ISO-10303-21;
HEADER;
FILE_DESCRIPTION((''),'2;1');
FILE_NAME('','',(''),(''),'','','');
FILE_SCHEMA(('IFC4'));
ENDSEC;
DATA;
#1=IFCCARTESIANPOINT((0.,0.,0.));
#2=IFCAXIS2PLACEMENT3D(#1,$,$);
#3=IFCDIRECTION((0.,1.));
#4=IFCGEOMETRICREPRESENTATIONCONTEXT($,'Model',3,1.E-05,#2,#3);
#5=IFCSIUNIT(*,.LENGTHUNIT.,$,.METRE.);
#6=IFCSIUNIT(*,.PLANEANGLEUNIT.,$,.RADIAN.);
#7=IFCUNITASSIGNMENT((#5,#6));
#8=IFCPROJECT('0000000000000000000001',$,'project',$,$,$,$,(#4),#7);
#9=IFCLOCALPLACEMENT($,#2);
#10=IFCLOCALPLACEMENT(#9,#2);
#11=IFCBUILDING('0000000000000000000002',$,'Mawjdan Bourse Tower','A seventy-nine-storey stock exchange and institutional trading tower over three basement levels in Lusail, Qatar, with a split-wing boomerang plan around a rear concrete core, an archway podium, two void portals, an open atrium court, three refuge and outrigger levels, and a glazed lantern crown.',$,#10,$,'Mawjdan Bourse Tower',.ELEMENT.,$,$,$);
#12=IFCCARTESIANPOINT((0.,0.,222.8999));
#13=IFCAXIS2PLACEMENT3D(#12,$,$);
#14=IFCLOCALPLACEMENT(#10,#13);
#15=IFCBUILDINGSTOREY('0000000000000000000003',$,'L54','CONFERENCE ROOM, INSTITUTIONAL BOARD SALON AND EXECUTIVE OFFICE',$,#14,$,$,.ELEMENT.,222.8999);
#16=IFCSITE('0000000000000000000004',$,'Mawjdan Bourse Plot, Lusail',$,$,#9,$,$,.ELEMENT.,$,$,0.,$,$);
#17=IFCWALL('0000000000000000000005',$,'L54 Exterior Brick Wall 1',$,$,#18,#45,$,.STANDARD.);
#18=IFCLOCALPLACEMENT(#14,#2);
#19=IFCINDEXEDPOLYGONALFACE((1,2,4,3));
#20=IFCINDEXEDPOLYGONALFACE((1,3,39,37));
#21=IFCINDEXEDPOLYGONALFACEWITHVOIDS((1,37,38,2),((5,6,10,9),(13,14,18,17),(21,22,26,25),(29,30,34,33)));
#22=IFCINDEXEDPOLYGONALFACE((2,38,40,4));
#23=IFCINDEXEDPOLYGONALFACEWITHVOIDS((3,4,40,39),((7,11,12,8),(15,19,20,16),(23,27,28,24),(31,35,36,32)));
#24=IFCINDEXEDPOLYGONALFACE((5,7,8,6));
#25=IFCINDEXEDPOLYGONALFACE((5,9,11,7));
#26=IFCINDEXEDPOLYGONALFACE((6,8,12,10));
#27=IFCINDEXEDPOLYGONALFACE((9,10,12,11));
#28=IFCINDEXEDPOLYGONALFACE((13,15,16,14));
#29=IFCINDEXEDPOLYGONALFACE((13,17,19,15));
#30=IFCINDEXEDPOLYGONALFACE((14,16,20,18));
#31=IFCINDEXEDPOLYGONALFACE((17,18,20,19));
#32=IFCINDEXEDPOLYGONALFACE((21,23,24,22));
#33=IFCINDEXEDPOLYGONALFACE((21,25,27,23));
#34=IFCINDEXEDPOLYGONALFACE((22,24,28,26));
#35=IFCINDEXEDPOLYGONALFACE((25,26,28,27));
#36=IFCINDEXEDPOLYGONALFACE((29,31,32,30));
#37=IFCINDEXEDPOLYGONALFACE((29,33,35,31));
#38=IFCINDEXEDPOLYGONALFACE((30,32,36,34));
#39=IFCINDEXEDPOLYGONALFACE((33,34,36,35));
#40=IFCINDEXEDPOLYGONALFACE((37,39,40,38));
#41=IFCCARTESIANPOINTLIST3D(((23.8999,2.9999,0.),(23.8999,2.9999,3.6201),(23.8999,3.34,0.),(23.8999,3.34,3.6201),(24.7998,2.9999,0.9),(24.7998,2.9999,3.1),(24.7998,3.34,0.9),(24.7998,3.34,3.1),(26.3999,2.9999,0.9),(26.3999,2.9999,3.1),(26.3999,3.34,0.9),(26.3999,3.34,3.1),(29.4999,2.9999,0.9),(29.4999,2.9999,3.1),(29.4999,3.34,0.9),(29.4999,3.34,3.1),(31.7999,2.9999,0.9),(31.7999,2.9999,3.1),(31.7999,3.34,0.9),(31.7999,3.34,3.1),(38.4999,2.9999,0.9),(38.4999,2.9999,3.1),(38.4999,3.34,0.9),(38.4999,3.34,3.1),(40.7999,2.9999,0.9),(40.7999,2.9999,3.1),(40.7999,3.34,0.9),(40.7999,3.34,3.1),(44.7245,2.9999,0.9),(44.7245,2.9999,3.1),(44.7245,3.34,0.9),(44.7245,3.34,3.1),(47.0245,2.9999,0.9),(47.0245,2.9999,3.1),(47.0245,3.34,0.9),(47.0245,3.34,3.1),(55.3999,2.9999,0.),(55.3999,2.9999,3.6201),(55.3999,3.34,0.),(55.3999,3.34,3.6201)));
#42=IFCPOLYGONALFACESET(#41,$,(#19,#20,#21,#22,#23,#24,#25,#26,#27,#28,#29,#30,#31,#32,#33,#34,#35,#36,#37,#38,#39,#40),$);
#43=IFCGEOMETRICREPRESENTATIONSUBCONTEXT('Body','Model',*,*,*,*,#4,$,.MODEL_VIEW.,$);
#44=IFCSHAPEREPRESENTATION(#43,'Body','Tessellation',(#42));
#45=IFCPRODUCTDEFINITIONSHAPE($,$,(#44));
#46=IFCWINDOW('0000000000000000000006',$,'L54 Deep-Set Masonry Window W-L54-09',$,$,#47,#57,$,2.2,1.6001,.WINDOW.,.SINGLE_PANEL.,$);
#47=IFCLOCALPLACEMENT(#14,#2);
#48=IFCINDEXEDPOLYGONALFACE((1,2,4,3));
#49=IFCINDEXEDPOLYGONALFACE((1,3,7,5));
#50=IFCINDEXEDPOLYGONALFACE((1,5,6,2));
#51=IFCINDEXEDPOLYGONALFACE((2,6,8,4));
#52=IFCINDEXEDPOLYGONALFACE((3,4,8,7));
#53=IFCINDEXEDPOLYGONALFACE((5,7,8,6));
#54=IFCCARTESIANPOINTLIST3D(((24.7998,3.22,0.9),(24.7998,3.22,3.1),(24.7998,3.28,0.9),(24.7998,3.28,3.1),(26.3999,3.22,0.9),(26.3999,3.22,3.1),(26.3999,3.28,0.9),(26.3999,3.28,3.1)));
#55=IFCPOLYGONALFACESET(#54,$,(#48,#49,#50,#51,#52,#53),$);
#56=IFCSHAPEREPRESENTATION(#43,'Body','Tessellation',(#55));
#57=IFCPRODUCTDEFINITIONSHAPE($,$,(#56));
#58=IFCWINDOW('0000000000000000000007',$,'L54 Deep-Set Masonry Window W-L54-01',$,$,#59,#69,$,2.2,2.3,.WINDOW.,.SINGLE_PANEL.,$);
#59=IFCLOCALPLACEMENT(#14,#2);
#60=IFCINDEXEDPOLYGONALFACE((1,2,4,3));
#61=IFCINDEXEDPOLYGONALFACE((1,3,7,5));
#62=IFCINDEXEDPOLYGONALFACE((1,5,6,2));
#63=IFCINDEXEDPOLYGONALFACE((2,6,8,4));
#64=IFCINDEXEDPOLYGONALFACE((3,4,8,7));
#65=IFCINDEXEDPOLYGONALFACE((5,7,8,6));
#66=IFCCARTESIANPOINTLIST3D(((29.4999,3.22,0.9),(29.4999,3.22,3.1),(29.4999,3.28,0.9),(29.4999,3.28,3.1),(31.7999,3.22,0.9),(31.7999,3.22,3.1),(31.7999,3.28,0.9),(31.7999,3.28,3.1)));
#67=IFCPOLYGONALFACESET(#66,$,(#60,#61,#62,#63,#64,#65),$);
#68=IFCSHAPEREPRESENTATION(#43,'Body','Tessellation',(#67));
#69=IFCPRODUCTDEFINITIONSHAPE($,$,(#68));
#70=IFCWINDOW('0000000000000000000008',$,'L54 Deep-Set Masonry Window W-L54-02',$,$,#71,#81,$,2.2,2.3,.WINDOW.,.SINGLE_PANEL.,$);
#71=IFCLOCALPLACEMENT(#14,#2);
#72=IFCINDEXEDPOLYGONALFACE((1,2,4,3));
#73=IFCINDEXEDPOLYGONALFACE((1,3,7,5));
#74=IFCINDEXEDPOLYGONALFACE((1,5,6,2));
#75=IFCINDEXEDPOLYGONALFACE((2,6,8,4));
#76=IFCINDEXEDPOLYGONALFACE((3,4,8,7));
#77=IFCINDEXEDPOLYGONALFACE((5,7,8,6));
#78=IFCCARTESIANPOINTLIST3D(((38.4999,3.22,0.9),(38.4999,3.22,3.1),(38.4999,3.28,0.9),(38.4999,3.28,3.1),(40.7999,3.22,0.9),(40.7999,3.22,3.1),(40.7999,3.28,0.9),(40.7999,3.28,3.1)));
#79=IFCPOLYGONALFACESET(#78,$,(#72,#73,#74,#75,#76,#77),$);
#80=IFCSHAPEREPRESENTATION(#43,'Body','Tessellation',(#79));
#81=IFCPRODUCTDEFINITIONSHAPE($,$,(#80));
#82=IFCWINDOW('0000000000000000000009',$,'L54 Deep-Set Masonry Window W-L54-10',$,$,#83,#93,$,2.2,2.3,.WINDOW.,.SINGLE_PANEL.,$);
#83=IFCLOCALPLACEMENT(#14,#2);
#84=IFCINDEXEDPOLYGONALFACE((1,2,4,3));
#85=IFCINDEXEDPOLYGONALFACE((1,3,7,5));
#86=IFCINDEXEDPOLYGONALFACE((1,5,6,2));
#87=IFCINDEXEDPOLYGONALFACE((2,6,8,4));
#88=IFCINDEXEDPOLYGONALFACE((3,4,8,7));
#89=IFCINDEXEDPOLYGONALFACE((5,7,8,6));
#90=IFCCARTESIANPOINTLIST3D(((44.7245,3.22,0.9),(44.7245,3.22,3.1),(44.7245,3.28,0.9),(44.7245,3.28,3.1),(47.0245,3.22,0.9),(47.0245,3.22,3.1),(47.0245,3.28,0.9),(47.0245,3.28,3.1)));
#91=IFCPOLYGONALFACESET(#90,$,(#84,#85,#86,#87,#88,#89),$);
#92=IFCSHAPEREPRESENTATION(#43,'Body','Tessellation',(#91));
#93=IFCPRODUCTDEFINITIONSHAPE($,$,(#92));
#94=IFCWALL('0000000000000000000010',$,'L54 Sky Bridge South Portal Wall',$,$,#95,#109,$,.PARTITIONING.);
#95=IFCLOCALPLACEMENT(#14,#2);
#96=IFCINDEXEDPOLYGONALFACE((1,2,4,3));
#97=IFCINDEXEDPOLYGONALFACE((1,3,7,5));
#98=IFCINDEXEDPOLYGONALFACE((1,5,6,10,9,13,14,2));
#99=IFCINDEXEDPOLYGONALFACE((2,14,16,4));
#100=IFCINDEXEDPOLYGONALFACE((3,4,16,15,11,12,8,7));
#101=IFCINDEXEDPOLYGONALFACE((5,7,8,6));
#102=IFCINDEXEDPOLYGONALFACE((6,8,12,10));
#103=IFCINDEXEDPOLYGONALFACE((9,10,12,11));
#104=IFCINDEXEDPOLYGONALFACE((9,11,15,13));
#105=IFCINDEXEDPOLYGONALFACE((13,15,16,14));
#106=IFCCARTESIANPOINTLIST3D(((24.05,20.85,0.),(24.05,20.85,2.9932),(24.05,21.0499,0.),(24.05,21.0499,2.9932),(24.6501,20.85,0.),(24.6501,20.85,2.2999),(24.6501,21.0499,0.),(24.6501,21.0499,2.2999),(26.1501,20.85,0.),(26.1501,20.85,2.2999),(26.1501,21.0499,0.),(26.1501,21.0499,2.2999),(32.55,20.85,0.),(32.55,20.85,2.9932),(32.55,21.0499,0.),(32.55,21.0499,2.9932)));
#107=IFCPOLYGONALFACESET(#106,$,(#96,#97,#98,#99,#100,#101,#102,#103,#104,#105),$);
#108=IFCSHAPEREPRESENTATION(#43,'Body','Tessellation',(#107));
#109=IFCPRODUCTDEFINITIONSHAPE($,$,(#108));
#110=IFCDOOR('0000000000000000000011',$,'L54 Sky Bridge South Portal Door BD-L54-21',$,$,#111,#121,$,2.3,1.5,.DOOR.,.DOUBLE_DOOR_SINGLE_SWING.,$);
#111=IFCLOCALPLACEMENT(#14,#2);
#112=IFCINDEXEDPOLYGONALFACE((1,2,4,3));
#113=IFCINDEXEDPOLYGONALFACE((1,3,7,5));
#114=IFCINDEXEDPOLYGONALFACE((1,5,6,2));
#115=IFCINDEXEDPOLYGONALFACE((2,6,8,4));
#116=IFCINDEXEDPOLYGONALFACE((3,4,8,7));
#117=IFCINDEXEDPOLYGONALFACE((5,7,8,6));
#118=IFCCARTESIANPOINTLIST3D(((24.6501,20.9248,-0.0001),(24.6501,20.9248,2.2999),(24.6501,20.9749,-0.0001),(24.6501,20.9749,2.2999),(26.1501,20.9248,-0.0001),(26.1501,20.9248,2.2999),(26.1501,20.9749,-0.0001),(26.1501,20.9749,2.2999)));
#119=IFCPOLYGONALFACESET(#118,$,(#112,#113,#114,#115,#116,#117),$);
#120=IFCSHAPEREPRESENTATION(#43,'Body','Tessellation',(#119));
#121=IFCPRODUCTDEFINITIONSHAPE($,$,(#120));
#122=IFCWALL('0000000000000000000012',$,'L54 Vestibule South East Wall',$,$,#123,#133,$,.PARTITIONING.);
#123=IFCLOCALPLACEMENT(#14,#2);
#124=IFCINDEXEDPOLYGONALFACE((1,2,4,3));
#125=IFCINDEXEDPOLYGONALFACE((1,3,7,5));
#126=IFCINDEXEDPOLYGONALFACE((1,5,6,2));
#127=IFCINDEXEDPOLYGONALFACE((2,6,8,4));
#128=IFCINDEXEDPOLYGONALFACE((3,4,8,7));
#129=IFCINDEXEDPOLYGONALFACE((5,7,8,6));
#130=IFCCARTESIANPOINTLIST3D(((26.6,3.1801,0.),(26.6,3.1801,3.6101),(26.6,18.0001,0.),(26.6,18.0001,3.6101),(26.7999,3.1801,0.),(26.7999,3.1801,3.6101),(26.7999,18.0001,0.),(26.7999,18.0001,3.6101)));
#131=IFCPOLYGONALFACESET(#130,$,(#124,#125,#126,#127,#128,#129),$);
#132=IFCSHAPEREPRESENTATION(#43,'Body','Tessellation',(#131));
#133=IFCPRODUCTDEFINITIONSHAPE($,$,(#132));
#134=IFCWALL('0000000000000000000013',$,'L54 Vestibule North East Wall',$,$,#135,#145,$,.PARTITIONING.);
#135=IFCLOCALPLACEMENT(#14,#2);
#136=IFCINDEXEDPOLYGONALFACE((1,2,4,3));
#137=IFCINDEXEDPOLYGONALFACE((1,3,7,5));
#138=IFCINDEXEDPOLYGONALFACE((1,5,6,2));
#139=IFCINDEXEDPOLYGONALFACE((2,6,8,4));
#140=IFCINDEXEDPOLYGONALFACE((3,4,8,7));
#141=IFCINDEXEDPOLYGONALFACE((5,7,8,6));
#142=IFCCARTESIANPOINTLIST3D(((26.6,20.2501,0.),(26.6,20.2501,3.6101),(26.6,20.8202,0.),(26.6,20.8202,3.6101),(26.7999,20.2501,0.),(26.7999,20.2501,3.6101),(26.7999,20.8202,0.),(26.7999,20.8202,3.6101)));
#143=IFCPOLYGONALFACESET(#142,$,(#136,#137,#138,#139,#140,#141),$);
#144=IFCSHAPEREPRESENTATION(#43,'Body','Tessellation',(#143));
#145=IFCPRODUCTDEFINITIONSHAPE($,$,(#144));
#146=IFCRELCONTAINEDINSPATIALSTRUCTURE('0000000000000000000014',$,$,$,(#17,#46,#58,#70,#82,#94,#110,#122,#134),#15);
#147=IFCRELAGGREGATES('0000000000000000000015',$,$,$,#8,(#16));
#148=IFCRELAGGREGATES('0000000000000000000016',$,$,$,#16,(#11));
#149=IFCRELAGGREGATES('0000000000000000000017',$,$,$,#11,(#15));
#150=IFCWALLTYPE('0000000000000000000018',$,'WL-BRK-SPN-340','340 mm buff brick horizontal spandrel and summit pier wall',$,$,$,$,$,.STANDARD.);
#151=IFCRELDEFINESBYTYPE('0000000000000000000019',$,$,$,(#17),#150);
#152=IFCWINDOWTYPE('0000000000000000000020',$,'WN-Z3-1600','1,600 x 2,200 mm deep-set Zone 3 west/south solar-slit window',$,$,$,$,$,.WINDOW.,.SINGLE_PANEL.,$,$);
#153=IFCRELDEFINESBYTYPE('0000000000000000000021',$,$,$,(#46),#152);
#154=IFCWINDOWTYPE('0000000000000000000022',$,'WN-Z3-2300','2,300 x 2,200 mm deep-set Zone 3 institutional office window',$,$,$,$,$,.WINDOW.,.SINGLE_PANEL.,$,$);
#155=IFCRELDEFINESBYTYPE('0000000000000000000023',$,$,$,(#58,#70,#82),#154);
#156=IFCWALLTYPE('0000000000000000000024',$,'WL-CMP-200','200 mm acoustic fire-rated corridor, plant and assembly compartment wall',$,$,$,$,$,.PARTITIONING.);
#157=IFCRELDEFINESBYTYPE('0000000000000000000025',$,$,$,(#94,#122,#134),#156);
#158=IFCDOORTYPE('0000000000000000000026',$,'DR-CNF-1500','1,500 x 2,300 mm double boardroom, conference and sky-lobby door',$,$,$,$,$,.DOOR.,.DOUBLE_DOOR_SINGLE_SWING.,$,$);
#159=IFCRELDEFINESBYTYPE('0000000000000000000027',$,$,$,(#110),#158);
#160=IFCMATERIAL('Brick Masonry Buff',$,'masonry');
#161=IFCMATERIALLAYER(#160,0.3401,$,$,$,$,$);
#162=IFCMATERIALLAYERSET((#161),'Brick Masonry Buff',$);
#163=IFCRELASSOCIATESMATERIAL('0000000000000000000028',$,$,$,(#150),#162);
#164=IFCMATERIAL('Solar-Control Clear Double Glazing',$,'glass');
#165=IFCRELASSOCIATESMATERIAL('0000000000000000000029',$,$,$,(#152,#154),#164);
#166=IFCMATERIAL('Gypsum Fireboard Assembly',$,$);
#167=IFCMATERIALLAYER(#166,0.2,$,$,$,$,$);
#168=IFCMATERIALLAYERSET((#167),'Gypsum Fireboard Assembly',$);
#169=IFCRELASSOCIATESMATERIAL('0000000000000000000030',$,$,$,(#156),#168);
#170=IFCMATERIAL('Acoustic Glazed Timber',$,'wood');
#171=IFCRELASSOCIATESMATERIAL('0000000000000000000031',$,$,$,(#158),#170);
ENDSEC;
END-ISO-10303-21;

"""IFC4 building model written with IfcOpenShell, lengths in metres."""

from ifc_helpers import new_model, si_unit, direction, frame, frame_2d, origin, place, context, subcontext, project, spatial, rectangle, extrude, material, layer, layer_set, type_object, element, fill, save


model = new_model("IFC4")

# Units and contexts
model_context = context("Model", 3, precision=1e-05, world=origin(), true_north=direction((0.0, 1.0)))
body_context = subcontext(model_context, "Body", "Model", "MODEL_VIEW")
ifc_project = project(units=[si_unit("LENGTHUNIT", "METRE"), si_unit("PLANEANGLEUNIT", "RADIAN")], contexts=[model_context])

# Site, building, storey
site_placement = place(None, origin())
site = spatial("IfcSite", under=ifc_project, at=site_placement, Name="Mawjdan Bourse Plot, Lusail", CompositionType="ELEMENT", RefElevation=0.0)
building_placement = place(site_placement, origin())
building = spatial("IfcBuilding", under=site, at=building_placement, Name="Mawjdan Bourse Tower", Description="A seventy-nine-storey stock exchange and institutional trading tower over three basement levels in Lusail, Qatar, with a split-wing boomerang plan around a rear concrete core, an archway podium, two void portals, an open atrium court, three refuge and outrigger levels, and a glazed lantern crown.", LongName="Mawjdan Bourse Tower", CompositionType="ELEMENT")
storey_placement = place(building_placement, frame((0.0, 0.0, 222.8999)))
storey = spatial("IfcBuildingStorey", under=building, at=storey_placement, Name="L54", Description="CONFERENCE ROOM, INSTITUTIONAL BOARD SALON AND EXECUTIVE OFFICE", CompositionType="ELEMENT", Elevation=222.8999)

# Wall, openings, windows
ifc_material_1 = material(Name="Brick Masonry Buff", Category="masonry")
ifc_layer_1 = layer(ifc_material_1, 0.3401)
ifc_layer_set_1 = layer_set([ifc_layer_1], Name="Brick Masonry Buff")
wall_type_1 = type_object("IfcWallType", Name="WL-BRK-SPN-340", Description="340 mm buff brick horizontal spandrel and summit pier wall", PredefinedType="STANDARD", material=ifc_layer_set_1)
wall_1_placement = place(storey_placement, frame((23.8999, 3.1699, 0.0), z_axis=(0.0, 0.0, 1.0), x_axis=(1.0, 0.0, 0.0)))
wall_1 = element("IfcWall", 1, at=wall_1_placement, inside=storey, type_object=wall_type_1, Name="L54 Exterior Brick Wall 1", PredefinedType="STANDARD", context=body_context, shape_type="SweptSolid", body=[
    extrude(rectangle(XDim=31.5, YDim=0.3401, at=frame_2d((15.75, 0.0))), origin(), (0.0, 0.0, 1.0), 3.6201),
])
opening_1_placement = place(wall_1_placement, frame((5.6001, 0.0, 0.8999)))
opening_1 = element("IfcOpeningElement", 2, at=opening_1_placement, cuts=wall_1, PredefinedType="OPENING", context=body_context, shape_type="SweptSolid", body=[
    extrude(rectangle(XDim=2.3, YDim=2.2, at=frame_2d((1.1499, 1.1001))), frame((0.0, 0.1802, 0.0), z_axis=(0.0, -1.0, 0.0), x_axis=(1.0, 0.0, 0.0)), (0.0, 0.0, 1.0), 0.3601),
])
opening_2_placement = place(wall_1_placement, frame((14.6001, 0.0, 0.8999)))
opening_2 = element("IfcOpeningElement", 3, at=opening_2_placement, cuts=wall_1, PredefinedType="OPENING", context=body_context, shape_type="SweptSolid", body=[
    extrude(rectangle(XDim=2.3, YDim=2.2, at=frame_2d((1.1499, 1.1001))), frame((0.0, 0.1802, 0.0), z_axis=(0.0, -1.0, 0.0), x_axis=(1.0, 0.0, 0.0)), (0.0, 0.0, 1.0), 0.3601),
])
opening_3_placement = place(wall_1_placement, frame((0.8999, 0.0, 0.8999)))
opening_3 = element("IfcOpeningElement", 4, at=opening_3_placement, cuts=wall_1, PredefinedType="OPENING", context=body_context, shape_type="SweptSolid", body=[
    extrude(rectangle(XDim=1.6001, YDim=2.2, at=frame_2d((0.8, 1.1001))), frame((0.0, 0.1802, 0.0), z_axis=(0.0, -1.0, 0.0), x_axis=(1.0, 0.0, 0.0)), (0.0, 0.0, 1.0), 0.3601),
])
opening_4_placement = place(wall_1_placement, frame((20.8247, 0.0, 0.8999)))
opening_4 = element("IfcOpeningElement", 5, at=opening_4_placement, cuts=wall_1, PredefinedType="OPENING", context=body_context, shape_type="SweptSolid", body=[
    extrude(rectangle(XDim=2.3, YDim=2.2, at=frame_2d((1.1499, 1.1001))), frame((0.0, 0.1802, 0.0), z_axis=(0.0, -1.0, 0.0), x_axis=(1.0, 0.0, 0.0)), (0.0, 0.0, 1.0), 0.3601),
])
ifc_material_2 = material(Name="Solar-Control Clear Double Glazing", Category="glass")
window_type_1 = type_object("IfcWindowType", Name="WN-Z3-1600", Description="1,600 x 2,200 mm deep-set Zone 3 west/south solar-slit window", PartitioningType="SINGLE_PANEL", PredefinedType="WINDOW", material=ifc_material_2)
window_1_placement = place(opening_3_placement, origin())
window_1 = element("IfcWindow", 6, at=window_1_placement, inside=storey, type_object=window_type_1, Name="L54 Deep-Set Masonry Window W-L54-09", OverallHeight=2.2, OverallWidth=1.6001, PartitioningType="SINGLE_PANEL", PredefinedType="WINDOW", context=body_context, shape_type="SweptSolid", body=[
    extrude(rectangle(XDim=1.6001, YDim=2.2, at=frame_2d((0.8, 1.1001))), frame((0.0, 0.1101, 0.0), z_axis=(0.0, -1.0, 0.0), x_axis=(1.0, 0.0, 0.0)), (0.0, 0.0, 1.0), 0.0601),
])
fill(opening_3, window_1)
window_type_2 = type_object("IfcWindowType", Name="WN-Z3-2300", Description="2,300 x 2,200 mm deep-set Zone 3 institutional office window", PartitioningType="SINGLE_PANEL", PredefinedType="WINDOW", material=ifc_material_2)
window_2_placement = place(opening_1_placement, origin())
window_2 = element("IfcWindow", 7, at=window_2_placement, inside=storey, type_object=window_type_2, Name="L54 Deep-Set Masonry Window W-L54-01", OverallHeight=2.2, OverallWidth=2.3, PartitioningType="SINGLE_PANEL", PredefinedType="WINDOW", context=body_context, shape_type="SweptSolid", body=[
    extrude(rectangle(XDim=2.3, YDim=2.2, at=frame_2d((1.1499, 1.1001))), frame((0.0, 0.1101, 0.0), z_axis=(0.0, -1.0, 0.0), x_axis=(1.0, 0.0, 0.0)), (0.0, 0.0, 1.0), 0.0601),
])
fill(opening_1, window_2)
window_3_placement = place(opening_2_placement, origin())
window_3 = element("IfcWindow", 8, at=window_3_placement, inside=storey, type_object=window_type_2, Name="L54 Deep-Set Masonry Window W-L54-02", OverallHeight=2.2, OverallWidth=2.3, PartitioningType="SINGLE_PANEL", PredefinedType="WINDOW", context=body_context, shape_type="SweptSolid", body=[
    extrude(rectangle(XDim=2.3, YDim=2.2, at=frame_2d((1.1499, 1.1001))), frame((0.0, 0.1101, 0.0), z_axis=(0.0, -1.0, 0.0), x_axis=(1.0, 0.0, 0.0)), (0.0, 0.0, 1.0), 0.0601),
])
fill(opening_2, window_3)
window_4_placement = place(opening_4_placement, origin())
window_4 = element("IfcWindow", 9, at=window_4_placement, inside=storey, type_object=window_type_2, Name="L54 Deep-Set Masonry Window W-L54-10", OverallHeight=2.2, OverallWidth=2.3, PartitioningType="SINGLE_PANEL", PredefinedType="WINDOW", context=body_context, shape_type="SweptSolid", body=[
    extrude(rectangle(XDim=2.3, YDim=2.2, at=frame_2d((1.1499, 1.1001))), frame((0.0, 0.1101, 0.0), z_axis=(0.0, -1.0, 0.0), x_axis=(1.0, 0.0, 0.0)), (0.0, 0.0, 1.0), 0.0601),
])
fill(opening_4, window_4)

# Wall, opening, door
ifc_material_3 = material(Name="Gypsum Fireboard Assembly")
ifc_layer_2 = layer(ifc_material_3, 0.2)
ifc_layer_set_2 = layer_set([ifc_layer_2], Name="Gypsum Fireboard Assembly")
wall_type_2 = type_object("IfcWallType", Name="WL-CMP-200", Description="200 mm acoustic fire-rated corridor, plant and assembly compartment wall", PredefinedType="PARTITIONING", material=ifc_layer_set_2)
wall_2_placement = place(storey_placement, frame((24.05, 20.95, 0.0), z_axis=(0.0, 0.0, 1.0), x_axis=(1.0, 0.0, 0.0)))
wall_2 = element("IfcWall", 10, at=wall_2_placement, inside=storey, type_object=wall_type_2, Name="L54 Sky Bridge South Portal Wall", PredefinedType="PARTITIONING", context=body_context, shape_type="SweptSolid", body=[
    extrude(rectangle(XDim=8.5, YDim=0.2, at=frame_2d((4.25, 0.0))), origin(), (0.0, 0.0, 1.0), 2.9932),
])
opening_5_placement = place(wall_2_placement, frame((0.6001, 0.0, 0.0)))
opening_5 = element("IfcOpeningElement", 11, at=opening_5_placement, cuts=wall_2, PredefinedType="OPENING", context=body_context, shape_type="SweptSolid", body=[
    extrude(rectangle(XDim=1.5, YDim=2.3, at=frame_2d((0.75, 1.1499))), frame((0.0, 0.1099, 0.0), z_axis=(0.0, -1.0, 0.0), x_axis=(1.0, 0.0, 0.0)), (0.0, 0.0, 1.0), 0.22),
])
ifc_material_4 = material(Name="Acoustic Glazed Timber", Category="wood")
door_type_1 = type_object("IfcDoorType", Name="DR-CNF-1500", Description="1,500 x 2,300 mm double boardroom, conference and sky-lobby door", OperationType="DOUBLE_DOOR_SINGLE_SWING", PredefinedType="DOOR", material=ifc_material_4)
door_1_placement = place(opening_5_placement, origin())
door_1 = element("IfcDoor", 12, at=door_1_placement, inside=storey, type_object=door_type_1, Name="L54 Sky Bridge South Portal Door BD-L54-21", OperationType="DOUBLE_DOOR_SINGLE_SWING", OverallHeight=2.3, OverallWidth=1.5, PredefinedType="DOOR", context=body_context, shape_type="SweptSolid", body=[
    extrude(rectangle(XDim=1.5, YDim=2.3, at=frame_2d((0.75, 1.1499))), frame((0.0, 0.0249, 0.0), z_axis=(0.0, -1.0, 0.0), x_axis=(1.0, 0.0, 0.0)), (0.0, 0.0, 1.0), 0.05),
])
fill(opening_5, door_1)

# Walls
wall_3_placement = place(storey_placement, frame((26.7, 3.1799, 0.0), z_axis=(0.0, 0.0, 1.0), x_axis=(0.0, 1.0, 0.0)))
element("IfcWall", 13, at=wall_3_placement, inside=storey, type_object=wall_type_2, Name="L54 Vestibule South East Wall", PredefinedType="PARTITIONING", context=body_context, shape_type="SweptSolid", body=[
    extrude(rectangle(XDim=14.8201, YDim=0.2, at=frame_2d((7.4102, 0.0))), origin(), (0.0, 0.0, 1.0), 3.6101),
])
wall_4_placement = place(storey_placement, frame((26.7, 20.25, 0.0), z_axis=(0.0, 0.0, 1.0), x_axis=(0.0, 1.0, 0.0)))
element("IfcWall", 14, at=wall_4_placement, inside=storey, type_object=wall_type_2, Name="L54 Vestibule North East Wall", PredefinedType="PARTITIONING", context=body_context, shape_type="SweptSolid", body=[
    extrude(rectangle(XDim=0.5701, YDim=0.2, at=frame_2d((0.2852, 0.0))), origin(), (0.0, 0.0, 1.0), 3.6101),
])

save(model, "model.ifc")
